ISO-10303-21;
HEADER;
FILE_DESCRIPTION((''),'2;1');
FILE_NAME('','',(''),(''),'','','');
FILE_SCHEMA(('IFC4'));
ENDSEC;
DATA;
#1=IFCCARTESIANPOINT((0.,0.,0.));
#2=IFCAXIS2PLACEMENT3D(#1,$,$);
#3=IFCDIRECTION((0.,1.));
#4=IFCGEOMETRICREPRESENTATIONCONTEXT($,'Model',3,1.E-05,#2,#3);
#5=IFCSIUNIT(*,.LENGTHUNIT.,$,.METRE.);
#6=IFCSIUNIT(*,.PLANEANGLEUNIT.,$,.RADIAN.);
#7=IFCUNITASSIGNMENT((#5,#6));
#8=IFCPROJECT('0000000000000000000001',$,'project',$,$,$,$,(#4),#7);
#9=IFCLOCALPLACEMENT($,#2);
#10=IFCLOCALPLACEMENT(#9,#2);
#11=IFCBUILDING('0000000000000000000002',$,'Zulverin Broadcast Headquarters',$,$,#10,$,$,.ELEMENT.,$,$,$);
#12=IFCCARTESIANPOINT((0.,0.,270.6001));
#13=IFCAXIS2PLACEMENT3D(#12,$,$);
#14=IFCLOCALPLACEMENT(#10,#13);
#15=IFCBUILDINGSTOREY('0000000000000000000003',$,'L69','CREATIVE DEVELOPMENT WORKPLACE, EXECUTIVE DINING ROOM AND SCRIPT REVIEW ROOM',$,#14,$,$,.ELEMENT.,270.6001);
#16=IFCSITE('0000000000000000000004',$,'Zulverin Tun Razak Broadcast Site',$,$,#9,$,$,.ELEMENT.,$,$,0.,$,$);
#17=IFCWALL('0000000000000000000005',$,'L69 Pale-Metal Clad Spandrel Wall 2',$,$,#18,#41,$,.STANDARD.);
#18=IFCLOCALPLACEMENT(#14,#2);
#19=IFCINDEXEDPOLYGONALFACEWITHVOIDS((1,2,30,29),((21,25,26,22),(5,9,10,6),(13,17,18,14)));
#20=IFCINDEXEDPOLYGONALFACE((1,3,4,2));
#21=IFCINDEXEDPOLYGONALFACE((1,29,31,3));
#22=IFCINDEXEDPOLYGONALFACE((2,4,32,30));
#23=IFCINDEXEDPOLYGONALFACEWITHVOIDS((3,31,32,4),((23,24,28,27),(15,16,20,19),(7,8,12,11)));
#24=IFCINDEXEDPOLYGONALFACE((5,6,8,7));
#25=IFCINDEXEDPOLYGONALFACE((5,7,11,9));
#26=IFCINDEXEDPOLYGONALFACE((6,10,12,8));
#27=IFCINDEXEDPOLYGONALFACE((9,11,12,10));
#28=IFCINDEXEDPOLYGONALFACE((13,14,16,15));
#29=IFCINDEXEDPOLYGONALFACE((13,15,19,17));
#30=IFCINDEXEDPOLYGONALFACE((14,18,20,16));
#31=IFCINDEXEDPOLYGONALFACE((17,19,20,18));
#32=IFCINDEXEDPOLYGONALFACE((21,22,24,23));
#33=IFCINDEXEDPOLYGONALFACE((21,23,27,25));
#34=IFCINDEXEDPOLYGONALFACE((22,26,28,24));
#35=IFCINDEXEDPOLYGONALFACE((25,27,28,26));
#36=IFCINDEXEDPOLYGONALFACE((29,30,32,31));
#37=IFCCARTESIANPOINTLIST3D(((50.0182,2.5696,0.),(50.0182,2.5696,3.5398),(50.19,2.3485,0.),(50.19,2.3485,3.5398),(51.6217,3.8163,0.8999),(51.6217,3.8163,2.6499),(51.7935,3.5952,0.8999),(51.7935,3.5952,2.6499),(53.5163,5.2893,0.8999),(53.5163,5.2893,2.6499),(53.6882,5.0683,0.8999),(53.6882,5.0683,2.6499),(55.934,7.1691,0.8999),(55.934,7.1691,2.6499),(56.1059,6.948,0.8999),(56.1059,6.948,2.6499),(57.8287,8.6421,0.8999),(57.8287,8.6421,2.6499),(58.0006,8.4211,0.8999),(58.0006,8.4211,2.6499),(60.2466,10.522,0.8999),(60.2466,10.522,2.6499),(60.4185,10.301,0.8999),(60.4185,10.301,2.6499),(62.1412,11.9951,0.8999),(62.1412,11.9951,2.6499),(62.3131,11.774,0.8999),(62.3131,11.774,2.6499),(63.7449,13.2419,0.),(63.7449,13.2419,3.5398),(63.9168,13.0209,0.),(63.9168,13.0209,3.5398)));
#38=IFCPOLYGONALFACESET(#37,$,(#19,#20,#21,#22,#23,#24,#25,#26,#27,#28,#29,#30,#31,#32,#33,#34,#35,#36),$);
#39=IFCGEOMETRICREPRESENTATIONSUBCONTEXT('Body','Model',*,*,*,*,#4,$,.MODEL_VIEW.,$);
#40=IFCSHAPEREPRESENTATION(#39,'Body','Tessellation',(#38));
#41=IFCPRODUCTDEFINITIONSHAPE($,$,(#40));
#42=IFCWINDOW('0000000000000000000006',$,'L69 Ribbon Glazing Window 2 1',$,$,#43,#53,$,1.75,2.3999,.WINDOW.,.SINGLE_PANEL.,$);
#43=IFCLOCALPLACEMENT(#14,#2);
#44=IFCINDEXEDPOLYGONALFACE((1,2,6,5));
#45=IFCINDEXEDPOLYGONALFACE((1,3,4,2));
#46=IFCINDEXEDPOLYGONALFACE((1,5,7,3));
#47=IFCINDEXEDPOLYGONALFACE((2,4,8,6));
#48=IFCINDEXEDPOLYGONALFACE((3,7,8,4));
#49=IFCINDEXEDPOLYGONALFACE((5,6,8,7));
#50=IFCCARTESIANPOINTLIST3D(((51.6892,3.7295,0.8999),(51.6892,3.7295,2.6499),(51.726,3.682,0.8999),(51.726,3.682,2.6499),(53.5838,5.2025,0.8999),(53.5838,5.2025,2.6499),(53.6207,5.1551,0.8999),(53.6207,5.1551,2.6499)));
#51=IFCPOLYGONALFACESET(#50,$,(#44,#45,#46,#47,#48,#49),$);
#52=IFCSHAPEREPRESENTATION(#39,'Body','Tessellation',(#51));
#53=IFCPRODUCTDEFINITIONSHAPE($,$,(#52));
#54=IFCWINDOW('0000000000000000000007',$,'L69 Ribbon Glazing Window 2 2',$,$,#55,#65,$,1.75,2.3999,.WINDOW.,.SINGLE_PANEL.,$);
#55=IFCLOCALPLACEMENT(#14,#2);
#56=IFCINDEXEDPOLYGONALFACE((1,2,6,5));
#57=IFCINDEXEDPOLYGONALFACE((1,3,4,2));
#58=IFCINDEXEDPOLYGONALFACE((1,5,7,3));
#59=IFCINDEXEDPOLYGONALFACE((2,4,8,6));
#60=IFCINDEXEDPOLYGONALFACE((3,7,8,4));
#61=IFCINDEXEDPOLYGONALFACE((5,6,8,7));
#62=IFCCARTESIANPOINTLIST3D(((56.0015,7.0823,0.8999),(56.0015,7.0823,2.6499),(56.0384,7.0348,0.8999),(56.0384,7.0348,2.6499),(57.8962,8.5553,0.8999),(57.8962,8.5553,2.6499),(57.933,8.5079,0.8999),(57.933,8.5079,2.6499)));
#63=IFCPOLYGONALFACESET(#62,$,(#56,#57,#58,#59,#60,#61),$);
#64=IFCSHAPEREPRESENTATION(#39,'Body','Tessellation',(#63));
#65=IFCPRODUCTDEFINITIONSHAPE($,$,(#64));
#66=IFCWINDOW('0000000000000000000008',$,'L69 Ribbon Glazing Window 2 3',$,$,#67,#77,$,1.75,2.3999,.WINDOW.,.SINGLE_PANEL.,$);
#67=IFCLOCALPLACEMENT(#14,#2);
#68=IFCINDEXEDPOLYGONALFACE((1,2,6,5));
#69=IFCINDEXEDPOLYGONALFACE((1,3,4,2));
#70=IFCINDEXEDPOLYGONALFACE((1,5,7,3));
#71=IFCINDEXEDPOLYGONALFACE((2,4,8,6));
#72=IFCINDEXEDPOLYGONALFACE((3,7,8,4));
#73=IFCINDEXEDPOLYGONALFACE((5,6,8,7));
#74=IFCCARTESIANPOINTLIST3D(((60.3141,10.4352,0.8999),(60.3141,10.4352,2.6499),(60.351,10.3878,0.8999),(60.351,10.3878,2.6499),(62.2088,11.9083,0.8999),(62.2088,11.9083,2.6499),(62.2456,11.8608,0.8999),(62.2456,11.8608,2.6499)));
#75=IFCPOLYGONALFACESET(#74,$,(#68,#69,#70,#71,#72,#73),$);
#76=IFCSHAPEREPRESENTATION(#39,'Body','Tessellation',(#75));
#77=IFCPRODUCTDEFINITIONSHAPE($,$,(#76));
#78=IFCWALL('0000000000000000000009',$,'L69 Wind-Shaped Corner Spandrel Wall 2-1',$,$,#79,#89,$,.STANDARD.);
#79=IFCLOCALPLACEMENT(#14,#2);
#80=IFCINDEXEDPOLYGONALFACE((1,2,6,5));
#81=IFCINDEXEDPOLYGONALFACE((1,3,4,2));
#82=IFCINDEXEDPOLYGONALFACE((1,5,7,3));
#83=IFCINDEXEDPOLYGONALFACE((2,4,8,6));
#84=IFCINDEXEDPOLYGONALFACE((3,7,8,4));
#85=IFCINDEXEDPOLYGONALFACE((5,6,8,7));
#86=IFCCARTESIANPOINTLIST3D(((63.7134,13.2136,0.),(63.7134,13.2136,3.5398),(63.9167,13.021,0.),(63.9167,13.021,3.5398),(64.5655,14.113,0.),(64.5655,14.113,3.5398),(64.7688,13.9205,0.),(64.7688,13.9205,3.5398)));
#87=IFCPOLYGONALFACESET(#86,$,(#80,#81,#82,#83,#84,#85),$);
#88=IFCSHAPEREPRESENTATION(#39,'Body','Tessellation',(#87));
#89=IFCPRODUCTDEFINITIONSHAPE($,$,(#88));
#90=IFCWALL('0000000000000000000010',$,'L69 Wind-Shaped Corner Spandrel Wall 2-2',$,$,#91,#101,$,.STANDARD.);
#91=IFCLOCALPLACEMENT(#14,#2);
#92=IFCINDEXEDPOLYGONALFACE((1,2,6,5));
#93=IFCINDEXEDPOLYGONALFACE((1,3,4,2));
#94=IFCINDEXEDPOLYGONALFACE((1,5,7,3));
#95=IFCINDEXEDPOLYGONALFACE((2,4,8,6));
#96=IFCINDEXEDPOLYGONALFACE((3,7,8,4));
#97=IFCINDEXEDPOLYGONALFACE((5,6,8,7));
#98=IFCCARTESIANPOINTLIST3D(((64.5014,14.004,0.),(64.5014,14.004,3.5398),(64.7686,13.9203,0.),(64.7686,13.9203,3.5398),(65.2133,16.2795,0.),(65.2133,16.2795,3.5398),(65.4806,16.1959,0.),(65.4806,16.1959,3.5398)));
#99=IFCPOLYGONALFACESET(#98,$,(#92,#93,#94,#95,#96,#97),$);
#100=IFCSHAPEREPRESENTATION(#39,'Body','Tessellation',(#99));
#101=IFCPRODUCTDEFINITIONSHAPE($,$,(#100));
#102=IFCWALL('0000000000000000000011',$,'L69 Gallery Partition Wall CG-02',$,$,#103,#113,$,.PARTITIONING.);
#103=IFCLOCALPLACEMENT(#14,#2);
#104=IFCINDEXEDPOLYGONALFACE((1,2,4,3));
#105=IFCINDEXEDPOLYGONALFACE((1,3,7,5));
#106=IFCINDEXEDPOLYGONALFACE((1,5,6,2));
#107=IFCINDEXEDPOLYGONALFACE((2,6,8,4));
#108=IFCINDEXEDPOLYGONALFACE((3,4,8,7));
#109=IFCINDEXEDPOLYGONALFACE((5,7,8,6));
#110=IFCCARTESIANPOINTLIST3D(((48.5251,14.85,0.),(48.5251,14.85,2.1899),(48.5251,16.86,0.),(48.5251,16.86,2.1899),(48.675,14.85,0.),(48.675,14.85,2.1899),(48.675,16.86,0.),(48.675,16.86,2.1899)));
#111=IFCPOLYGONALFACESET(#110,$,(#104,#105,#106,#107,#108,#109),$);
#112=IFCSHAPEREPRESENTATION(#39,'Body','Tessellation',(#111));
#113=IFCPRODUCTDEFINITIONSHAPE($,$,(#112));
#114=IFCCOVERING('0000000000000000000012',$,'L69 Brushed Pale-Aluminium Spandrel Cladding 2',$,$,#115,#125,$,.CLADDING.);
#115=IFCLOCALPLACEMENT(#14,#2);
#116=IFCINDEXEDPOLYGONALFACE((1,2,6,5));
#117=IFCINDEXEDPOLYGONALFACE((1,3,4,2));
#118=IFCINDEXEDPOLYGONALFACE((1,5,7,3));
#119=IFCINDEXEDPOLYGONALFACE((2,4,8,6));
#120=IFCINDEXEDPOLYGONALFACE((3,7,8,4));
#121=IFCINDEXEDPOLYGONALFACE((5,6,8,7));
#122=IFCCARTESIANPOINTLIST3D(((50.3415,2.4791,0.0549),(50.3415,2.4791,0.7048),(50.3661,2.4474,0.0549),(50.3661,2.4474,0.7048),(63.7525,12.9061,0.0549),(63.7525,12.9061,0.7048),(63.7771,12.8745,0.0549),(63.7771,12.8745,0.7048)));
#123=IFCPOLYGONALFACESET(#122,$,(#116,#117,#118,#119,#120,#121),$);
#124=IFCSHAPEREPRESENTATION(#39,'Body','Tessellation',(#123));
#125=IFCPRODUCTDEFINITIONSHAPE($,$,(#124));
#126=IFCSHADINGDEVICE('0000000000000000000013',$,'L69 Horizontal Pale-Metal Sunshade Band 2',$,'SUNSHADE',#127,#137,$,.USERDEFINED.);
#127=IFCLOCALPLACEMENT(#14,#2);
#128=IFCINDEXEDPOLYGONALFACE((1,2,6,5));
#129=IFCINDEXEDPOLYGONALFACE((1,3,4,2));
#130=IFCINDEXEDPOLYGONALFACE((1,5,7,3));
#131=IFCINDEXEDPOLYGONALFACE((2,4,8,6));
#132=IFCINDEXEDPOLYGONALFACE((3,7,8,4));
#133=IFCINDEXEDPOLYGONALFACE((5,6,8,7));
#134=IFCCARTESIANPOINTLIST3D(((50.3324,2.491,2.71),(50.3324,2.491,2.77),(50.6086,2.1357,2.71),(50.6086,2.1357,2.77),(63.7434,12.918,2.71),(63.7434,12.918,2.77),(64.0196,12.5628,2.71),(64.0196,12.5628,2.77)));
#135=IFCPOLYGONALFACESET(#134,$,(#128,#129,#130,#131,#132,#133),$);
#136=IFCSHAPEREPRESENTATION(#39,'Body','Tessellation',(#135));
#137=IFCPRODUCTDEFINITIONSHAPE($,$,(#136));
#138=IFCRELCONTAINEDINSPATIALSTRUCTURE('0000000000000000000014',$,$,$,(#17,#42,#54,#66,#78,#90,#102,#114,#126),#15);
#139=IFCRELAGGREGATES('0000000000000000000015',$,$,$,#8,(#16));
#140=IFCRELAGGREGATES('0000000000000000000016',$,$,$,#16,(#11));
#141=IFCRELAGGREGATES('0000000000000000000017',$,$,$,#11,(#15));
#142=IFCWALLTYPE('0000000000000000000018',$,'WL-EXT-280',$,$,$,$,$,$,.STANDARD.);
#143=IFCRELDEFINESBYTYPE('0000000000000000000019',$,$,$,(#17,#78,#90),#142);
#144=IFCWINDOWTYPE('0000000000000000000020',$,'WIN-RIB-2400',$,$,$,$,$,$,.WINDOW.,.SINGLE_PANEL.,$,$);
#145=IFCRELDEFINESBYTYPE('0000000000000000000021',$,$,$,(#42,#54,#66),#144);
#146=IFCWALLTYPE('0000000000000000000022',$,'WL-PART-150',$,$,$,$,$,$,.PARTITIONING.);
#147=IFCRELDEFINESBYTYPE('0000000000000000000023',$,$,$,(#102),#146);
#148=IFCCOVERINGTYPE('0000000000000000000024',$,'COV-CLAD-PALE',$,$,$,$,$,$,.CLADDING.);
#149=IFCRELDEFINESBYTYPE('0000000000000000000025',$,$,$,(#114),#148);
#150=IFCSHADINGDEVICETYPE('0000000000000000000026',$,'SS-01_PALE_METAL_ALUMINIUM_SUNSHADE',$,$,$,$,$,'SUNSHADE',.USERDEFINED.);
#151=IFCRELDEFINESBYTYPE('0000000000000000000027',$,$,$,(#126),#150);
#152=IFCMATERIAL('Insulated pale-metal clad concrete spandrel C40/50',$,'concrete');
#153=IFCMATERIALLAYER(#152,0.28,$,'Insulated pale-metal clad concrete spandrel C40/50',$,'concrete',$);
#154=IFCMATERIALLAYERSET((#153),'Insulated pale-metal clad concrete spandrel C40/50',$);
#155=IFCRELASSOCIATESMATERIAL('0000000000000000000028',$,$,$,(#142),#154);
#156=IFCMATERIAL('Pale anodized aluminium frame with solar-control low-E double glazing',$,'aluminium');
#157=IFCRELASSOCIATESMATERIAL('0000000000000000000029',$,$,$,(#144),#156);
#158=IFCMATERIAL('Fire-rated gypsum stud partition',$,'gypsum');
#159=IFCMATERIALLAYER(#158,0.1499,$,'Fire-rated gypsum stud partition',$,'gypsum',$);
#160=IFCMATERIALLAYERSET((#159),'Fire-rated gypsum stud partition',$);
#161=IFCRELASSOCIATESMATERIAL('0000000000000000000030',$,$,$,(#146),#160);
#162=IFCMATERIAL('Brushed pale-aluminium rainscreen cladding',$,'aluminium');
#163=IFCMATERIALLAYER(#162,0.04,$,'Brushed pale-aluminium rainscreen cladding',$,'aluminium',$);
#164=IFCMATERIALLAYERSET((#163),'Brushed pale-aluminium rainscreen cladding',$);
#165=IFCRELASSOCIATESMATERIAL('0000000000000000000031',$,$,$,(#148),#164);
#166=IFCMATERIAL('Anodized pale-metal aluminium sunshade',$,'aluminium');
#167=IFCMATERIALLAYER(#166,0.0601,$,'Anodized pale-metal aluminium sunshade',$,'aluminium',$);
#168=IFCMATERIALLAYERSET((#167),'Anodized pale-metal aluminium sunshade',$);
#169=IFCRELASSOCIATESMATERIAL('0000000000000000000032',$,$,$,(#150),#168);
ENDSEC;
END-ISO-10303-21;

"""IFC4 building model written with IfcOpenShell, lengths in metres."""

from ifc_helpers import new_model, si_unit, direction, frame, frame_2d, origin, origin_2d, place, context, subcontext, project, spatial, rectangle, extrude, material, layer, layer_set, type_object, element, fill, save


model = new_model("IFC4")

# Units and contexts
model_context = context("Model", 3, precision=1e-05, world=origin(), true_north=direction((0.0, 1.0)))
body_context = subcontext(model_context, "Body", "Model", "MODEL_VIEW")
ifc_project = project(units=[si_unit("LENGTHUNIT", "METRE"), si_unit("PLANEANGLEUNIT", "RADIAN")], contexts=[model_context])

# Site, building, storey
site_placement = place(None, origin())
site = spatial("IfcSite", under=ifc_project, at=site_placement, Name="Zulverin Tun Razak Broadcast Site", CompositionType="ELEMENT", RefElevation=0.0)
building_placement = place(site_placement, origin())
building = spatial("IfcBuilding", under=site, at=building_placement, Name="Zulverin Broadcast Headquarters", CompositionType="ELEMENT")
storey_placement = place(building_placement, frame((0.0, 0.0, 270.6001)))
storey = spatial("IfcBuildingStorey", under=building, at=storey_placement, Name="L69", Description="CREATIVE DEVELOPMENT WORKPLACE, EXECUTIVE DINING ROOM AND SCRIPT REVIEW ROOM", CompositionType="ELEMENT", Elevation=270.6001)

# Wall, openings, windows
ifc_material_1 = material(Name="Insulated pale-metal clad concrete spandrel C40/50", Category="concrete")
ifc_layer_1 = layer(ifc_material_1, 0.28, Name="Insulated pale-metal clad concrete spandrel C40/50", Category="concrete")
ifc_layer_set_1 = layer_set([ifc_layer_1], Name="Insulated pale-metal clad concrete spandrel C40/50")
wall_type_1 = type_object("IfcWallType", Name="WL-EXT-280", PredefinedType="STANDARD", material=ifc_layer_set_1)
wall_1_placement = place(storey_placement, frame((50.104, 2.459, 0.0), z_axis=(0.0, 0.0, 1.0), x_axis=(0.789465, 0.613796, 0.0)))
wall_1 = element("IfcWall", 1, at=wall_1_placement, inside=storey, type_object=wall_type_1, Name="L69 Pale-Metal Clad Spandrel Wall 2", PredefinedType="STANDARD", context=body_context, shape_type="SweptSolid", body=[
    extrude(rectangle(XDim=17.3875, YDim=0.28, at=frame_2d((8.6938, 0.0))), origin(), (0.0, 0.0, 1.0), 3.5398),
])
opening_1_placement = place(wall_1_placement, frame((2.0312, 0.0, 0.8999)))
opening_1 = element("IfcOpeningElement", 2, at=opening_1_placement, cuts=wall_1, PredefinedType="OPENING", context=body_context, shape_type="SweptSolid", body=[
    extrude(rectangle(XDim=2.3999, YDim=1.75, at=frame_2d((1.2, 0.875))), frame((0.0, 0.1499, 0.0), z_axis=(0.0, -1.0, 0.0), x_axis=(1.0, 0.0, 0.0)), (0.0, 0.0, 1.0), 0.3),
])
opening_2_placement = place(wall_1_placement, frame((7.4937, 0.0, 0.8999)))
opening_2 = element("IfcOpeningElement", 3, at=opening_2_placement, cuts=wall_1, PredefinedType="OPENING", context=body_context, shape_type="SweptSolid", body=[
    extrude(rectangle(XDim=2.3999, YDim=1.75, at=frame_2d((1.2, 0.875))), frame((0.0, 0.1499, 0.0), z_axis=(0.0, -1.0, 0.0), x_axis=(1.0, 0.0, 0.0)), (0.0, 0.0, 1.0), 0.3),
])
opening_3_placement = place(wall_1_placement, frame((12.9563, 0.0, 0.8999)))
opening_3 = element("IfcOpeningElement", 4, at=opening_3_placement, cuts=wall_1, PredefinedType="OPENING", context=body_context, shape_type="SweptSolid", body=[
    extrude(rectangle(XDim=2.3999, YDim=1.75, at=frame_2d((1.2, 0.875))), frame((0.0, 0.1499, 0.0), z_axis=(0.0, -1.0, 0.0), x_axis=(1.0, 0.0, 0.0)), (0.0, 0.0, 1.0), 0.3),
])
ifc_material_2 = material(Name="Pale anodized aluminium frame with solar-control low-E double glazing", Category="aluminium")
window_type = type_object("IfcWindowType", Name="WIN-RIB-2400", PartitioningType="SINGLE_PANEL", PredefinedType="WINDOW", material=ifc_material_2)
window_1_placement = place(opening_1_placement, origin())
window_1 = element("IfcWindow", 5, at=window_1_placement, inside=storey, type_object=window_type, Name="L69 Ribbon Glazing Window 2 1", OverallHeight=1.75, OverallWidth=2.3999, PartitioningType="SINGLE_PANEL", PredefinedType="WINDOW", context=body_context, shape_type="SweptSolid", body=[
    extrude(rectangle(XDim=2.3999, YDim=1.75, at=frame_2d((1.2, 0.875))), frame((0.0, 0.03, 0.0), z_axis=(0.0, -1.0, 0.0), x_axis=(1.0, 0.0, 0.0)), (0.0, 0.0, 1.0), 0.0601),
])
fill(opening_1, window_1)
window_2_placement = place(opening_2_placement, origin())
window_2 = element("IfcWindow", 6, at=window_2_placement, inside=storey, type_object=window_type, Name="L69 Ribbon Glazing Window 2 2", OverallHeight=1.75, OverallWidth=2.3999, PartitioningType="SINGLE_PANEL", PredefinedType="WINDOW", context=body_context, shape_type="SweptSolid", body=[
    extrude(rectangle(XDim=2.3999, YDim=1.75, at=frame_2d((1.2, 0.875))), frame((0.0, 0.03, 0.0), z_axis=(0.0, -1.0, 0.0), x_axis=(1.0, 0.0, 0.0)), (0.0, 0.0, 1.0), 0.0601),
])
fill(opening_2, window_2)
window_3_placement = place(opening_3_placement, origin())
window_3 = element("IfcWindow", 7, at=window_3_placement, inside=storey, type_object=window_type, Name="L69 Ribbon Glazing Window 2 3", OverallHeight=1.75, OverallWidth=2.3999, PartitioningType="SINGLE_PANEL", PredefinedType="WINDOW", context=body_context, shape_type="SweptSolid", body=[
    extrude(rectangle(XDim=2.3999, YDim=1.75, at=frame_2d((1.2, 0.875))), frame((0.0, 0.03, 0.0), z_axis=(0.0, -1.0, 0.0), x_axis=(1.0, 0.0, 0.0)), (0.0, 0.0, 1.0), 0.0601),
])
fill(opening_3, window_3)

# Walls
wall_2_placement = place(storey_placement, frame((63.8149, 13.1172, 0.0), z_axis=(0.0, 0.0, 1.0), x_axis=(0.687734, 0.725963, 0.0)))
element("IfcWall", 8, at=wall_2_placement, inside=storey, type_object=wall_type_1, Name="L69 Wind-Shaped Corner Spandrel Wall 2-1", PredefinedType="STANDARD", context=body_context, shape_type="SweptSolid", body=[
    extrude(rectangle(XDim=1.239, YDim=0.28, at=frame_2d((0.6196, 0.0))), origin(), (0.0, 0.0, 1.0), 3.5398),
])
wall_3_placement = place(storey_placement, frame((64.635, 13.9622, 0.0), z_axis=(0.0, 0.0, 1.0), x_axis=(0.298601, 0.954378, 0.0)))
element("IfcWall", 9, at=wall_3_placement, inside=storey, type_object=wall_type_1, Name="L69 Wind-Shaped Corner Spandrel Wall 2-2", PredefinedType="STANDARD", context=body_context, shape_type="SweptSolid", body=[
    extrude(rectangle(XDim=2.3843, YDim=0.28, at=frame_2d((1.1921, 0.0))), origin(), (0.0, 0.0, 1.0), 3.5398),
])
ifc_material_3 = material(Name="Fire-rated gypsum stud partition", Category="gypsum")
ifc_layer_2 = layer(ifc_material_3, 0.1499, Name="Fire-rated gypsum stud partition", Category="gypsum")
ifc_layer_set_2 = layer_set([ifc_layer_2], Name="Fire-rated gypsum stud partition")
wall_type_2 = type_object("IfcWallType", Name="WL-PART-150", PredefinedType="PARTITIONING", material=ifc_layer_set_2)
wall_4_placement = place(storey_placement, frame((48.6001, 14.8501, 0.0), z_axis=(0.0, 0.0, 1.0), x_axis=(0.0, 1.0, 0.0)))
element("IfcWall", 10, at=wall_4_placement, inside=storey, type_object=wall_type_2, Name="L69 Gallery Partition Wall CG-02", PredefinedType="PARTITIONING", context=body_context, shape_type="SweptSolid", body=[
    extrude(rectangle(XDim=2.01, YDim=0.1499, at=frame_2d((1.0049, 0.0))), origin(), (0.0, 0.0, 1.0), 2.1899),
])

# Covering
ifc_material_4 = material(Name="Brushed pale-aluminium rainscreen cladding", Category="aluminium")
ifc_layer_3 = layer(ifc_material_4, 0.04, Name="Brushed pale-aluminium rainscreen cladding", Category="aluminium")
ifc_layer_set_3 = layer_set([ifc_layer_3], Name="Brushed pale-aluminium rainscreen cladding")
covering_type = type_object("IfcCoveringType", Name="COV-CLAD-PALE", PredefinedType="CLADDING", material=ifc_layer_set_3)
covering_placement = place(storey_placement, frame((57.0593, 7.6768, 0.0549), z_axis=(0.0, 0.0, 1.0), x_axis=(0.789459, 0.613803, 0.0)))
element("IfcCovering", 11, at=covering_placement, inside=storey, type_object=covering_type, Name="L69 Brushed Pale-Aluminium Spandrel Cladding 2", PredefinedType="CLADDING", context=body_context, shape_type="SweptSolid", body=[
    extrude(rectangle(XDim=16.9875, YDim=0.04, at=origin_2d()), origin(), (0.0, 0.0, 1.0), 0.6499),
])

# Shading device
ifc_material_5 = material(Name="Anodized pale-metal aluminium sunshade", Category="aluminium")
ifc_layer_4 = layer(ifc_material_5, 0.0601, Name="Anodized pale-metal aluminium sunshade", Category="aluminium")
ifc_layer_set_4 = layer_set([ifc_layer_4], Name="Anodized pale-metal aluminium sunshade")
shading_device_type = type_object("IfcShadingDeviceType", Name="SS-01_PALE_METAL_ALUMINIUM_SUNSHADE", ElementType="SUNSHADE", PredefinedType="USERDEFINED", material=ifc_layer_set_4)
shading_device_placement = place(storey_placement, frame((57.176, 7.5269, 2.71), z_axis=(0.0, 0.0, 1.0), x_axis=(0.789459, 0.613803, 0.0)))
element("IfcShadingDevice", 12, at=shading_device_placement, inside=storey, type_object=shading_device_type, Name="L69 Horizontal Pale-Metal Sunshade Band 2", ObjectType="SUNSHADE", PredefinedType="USERDEFINED", context=body_context, shape_type="SweptSolid", body=[
    extrude(rectangle(XDim=16.9875, YDim=0.45, at=origin_2d()), origin(), (0.0, 0.0, 1.0), 0.0601),
])

save(model, "model.ifc")
